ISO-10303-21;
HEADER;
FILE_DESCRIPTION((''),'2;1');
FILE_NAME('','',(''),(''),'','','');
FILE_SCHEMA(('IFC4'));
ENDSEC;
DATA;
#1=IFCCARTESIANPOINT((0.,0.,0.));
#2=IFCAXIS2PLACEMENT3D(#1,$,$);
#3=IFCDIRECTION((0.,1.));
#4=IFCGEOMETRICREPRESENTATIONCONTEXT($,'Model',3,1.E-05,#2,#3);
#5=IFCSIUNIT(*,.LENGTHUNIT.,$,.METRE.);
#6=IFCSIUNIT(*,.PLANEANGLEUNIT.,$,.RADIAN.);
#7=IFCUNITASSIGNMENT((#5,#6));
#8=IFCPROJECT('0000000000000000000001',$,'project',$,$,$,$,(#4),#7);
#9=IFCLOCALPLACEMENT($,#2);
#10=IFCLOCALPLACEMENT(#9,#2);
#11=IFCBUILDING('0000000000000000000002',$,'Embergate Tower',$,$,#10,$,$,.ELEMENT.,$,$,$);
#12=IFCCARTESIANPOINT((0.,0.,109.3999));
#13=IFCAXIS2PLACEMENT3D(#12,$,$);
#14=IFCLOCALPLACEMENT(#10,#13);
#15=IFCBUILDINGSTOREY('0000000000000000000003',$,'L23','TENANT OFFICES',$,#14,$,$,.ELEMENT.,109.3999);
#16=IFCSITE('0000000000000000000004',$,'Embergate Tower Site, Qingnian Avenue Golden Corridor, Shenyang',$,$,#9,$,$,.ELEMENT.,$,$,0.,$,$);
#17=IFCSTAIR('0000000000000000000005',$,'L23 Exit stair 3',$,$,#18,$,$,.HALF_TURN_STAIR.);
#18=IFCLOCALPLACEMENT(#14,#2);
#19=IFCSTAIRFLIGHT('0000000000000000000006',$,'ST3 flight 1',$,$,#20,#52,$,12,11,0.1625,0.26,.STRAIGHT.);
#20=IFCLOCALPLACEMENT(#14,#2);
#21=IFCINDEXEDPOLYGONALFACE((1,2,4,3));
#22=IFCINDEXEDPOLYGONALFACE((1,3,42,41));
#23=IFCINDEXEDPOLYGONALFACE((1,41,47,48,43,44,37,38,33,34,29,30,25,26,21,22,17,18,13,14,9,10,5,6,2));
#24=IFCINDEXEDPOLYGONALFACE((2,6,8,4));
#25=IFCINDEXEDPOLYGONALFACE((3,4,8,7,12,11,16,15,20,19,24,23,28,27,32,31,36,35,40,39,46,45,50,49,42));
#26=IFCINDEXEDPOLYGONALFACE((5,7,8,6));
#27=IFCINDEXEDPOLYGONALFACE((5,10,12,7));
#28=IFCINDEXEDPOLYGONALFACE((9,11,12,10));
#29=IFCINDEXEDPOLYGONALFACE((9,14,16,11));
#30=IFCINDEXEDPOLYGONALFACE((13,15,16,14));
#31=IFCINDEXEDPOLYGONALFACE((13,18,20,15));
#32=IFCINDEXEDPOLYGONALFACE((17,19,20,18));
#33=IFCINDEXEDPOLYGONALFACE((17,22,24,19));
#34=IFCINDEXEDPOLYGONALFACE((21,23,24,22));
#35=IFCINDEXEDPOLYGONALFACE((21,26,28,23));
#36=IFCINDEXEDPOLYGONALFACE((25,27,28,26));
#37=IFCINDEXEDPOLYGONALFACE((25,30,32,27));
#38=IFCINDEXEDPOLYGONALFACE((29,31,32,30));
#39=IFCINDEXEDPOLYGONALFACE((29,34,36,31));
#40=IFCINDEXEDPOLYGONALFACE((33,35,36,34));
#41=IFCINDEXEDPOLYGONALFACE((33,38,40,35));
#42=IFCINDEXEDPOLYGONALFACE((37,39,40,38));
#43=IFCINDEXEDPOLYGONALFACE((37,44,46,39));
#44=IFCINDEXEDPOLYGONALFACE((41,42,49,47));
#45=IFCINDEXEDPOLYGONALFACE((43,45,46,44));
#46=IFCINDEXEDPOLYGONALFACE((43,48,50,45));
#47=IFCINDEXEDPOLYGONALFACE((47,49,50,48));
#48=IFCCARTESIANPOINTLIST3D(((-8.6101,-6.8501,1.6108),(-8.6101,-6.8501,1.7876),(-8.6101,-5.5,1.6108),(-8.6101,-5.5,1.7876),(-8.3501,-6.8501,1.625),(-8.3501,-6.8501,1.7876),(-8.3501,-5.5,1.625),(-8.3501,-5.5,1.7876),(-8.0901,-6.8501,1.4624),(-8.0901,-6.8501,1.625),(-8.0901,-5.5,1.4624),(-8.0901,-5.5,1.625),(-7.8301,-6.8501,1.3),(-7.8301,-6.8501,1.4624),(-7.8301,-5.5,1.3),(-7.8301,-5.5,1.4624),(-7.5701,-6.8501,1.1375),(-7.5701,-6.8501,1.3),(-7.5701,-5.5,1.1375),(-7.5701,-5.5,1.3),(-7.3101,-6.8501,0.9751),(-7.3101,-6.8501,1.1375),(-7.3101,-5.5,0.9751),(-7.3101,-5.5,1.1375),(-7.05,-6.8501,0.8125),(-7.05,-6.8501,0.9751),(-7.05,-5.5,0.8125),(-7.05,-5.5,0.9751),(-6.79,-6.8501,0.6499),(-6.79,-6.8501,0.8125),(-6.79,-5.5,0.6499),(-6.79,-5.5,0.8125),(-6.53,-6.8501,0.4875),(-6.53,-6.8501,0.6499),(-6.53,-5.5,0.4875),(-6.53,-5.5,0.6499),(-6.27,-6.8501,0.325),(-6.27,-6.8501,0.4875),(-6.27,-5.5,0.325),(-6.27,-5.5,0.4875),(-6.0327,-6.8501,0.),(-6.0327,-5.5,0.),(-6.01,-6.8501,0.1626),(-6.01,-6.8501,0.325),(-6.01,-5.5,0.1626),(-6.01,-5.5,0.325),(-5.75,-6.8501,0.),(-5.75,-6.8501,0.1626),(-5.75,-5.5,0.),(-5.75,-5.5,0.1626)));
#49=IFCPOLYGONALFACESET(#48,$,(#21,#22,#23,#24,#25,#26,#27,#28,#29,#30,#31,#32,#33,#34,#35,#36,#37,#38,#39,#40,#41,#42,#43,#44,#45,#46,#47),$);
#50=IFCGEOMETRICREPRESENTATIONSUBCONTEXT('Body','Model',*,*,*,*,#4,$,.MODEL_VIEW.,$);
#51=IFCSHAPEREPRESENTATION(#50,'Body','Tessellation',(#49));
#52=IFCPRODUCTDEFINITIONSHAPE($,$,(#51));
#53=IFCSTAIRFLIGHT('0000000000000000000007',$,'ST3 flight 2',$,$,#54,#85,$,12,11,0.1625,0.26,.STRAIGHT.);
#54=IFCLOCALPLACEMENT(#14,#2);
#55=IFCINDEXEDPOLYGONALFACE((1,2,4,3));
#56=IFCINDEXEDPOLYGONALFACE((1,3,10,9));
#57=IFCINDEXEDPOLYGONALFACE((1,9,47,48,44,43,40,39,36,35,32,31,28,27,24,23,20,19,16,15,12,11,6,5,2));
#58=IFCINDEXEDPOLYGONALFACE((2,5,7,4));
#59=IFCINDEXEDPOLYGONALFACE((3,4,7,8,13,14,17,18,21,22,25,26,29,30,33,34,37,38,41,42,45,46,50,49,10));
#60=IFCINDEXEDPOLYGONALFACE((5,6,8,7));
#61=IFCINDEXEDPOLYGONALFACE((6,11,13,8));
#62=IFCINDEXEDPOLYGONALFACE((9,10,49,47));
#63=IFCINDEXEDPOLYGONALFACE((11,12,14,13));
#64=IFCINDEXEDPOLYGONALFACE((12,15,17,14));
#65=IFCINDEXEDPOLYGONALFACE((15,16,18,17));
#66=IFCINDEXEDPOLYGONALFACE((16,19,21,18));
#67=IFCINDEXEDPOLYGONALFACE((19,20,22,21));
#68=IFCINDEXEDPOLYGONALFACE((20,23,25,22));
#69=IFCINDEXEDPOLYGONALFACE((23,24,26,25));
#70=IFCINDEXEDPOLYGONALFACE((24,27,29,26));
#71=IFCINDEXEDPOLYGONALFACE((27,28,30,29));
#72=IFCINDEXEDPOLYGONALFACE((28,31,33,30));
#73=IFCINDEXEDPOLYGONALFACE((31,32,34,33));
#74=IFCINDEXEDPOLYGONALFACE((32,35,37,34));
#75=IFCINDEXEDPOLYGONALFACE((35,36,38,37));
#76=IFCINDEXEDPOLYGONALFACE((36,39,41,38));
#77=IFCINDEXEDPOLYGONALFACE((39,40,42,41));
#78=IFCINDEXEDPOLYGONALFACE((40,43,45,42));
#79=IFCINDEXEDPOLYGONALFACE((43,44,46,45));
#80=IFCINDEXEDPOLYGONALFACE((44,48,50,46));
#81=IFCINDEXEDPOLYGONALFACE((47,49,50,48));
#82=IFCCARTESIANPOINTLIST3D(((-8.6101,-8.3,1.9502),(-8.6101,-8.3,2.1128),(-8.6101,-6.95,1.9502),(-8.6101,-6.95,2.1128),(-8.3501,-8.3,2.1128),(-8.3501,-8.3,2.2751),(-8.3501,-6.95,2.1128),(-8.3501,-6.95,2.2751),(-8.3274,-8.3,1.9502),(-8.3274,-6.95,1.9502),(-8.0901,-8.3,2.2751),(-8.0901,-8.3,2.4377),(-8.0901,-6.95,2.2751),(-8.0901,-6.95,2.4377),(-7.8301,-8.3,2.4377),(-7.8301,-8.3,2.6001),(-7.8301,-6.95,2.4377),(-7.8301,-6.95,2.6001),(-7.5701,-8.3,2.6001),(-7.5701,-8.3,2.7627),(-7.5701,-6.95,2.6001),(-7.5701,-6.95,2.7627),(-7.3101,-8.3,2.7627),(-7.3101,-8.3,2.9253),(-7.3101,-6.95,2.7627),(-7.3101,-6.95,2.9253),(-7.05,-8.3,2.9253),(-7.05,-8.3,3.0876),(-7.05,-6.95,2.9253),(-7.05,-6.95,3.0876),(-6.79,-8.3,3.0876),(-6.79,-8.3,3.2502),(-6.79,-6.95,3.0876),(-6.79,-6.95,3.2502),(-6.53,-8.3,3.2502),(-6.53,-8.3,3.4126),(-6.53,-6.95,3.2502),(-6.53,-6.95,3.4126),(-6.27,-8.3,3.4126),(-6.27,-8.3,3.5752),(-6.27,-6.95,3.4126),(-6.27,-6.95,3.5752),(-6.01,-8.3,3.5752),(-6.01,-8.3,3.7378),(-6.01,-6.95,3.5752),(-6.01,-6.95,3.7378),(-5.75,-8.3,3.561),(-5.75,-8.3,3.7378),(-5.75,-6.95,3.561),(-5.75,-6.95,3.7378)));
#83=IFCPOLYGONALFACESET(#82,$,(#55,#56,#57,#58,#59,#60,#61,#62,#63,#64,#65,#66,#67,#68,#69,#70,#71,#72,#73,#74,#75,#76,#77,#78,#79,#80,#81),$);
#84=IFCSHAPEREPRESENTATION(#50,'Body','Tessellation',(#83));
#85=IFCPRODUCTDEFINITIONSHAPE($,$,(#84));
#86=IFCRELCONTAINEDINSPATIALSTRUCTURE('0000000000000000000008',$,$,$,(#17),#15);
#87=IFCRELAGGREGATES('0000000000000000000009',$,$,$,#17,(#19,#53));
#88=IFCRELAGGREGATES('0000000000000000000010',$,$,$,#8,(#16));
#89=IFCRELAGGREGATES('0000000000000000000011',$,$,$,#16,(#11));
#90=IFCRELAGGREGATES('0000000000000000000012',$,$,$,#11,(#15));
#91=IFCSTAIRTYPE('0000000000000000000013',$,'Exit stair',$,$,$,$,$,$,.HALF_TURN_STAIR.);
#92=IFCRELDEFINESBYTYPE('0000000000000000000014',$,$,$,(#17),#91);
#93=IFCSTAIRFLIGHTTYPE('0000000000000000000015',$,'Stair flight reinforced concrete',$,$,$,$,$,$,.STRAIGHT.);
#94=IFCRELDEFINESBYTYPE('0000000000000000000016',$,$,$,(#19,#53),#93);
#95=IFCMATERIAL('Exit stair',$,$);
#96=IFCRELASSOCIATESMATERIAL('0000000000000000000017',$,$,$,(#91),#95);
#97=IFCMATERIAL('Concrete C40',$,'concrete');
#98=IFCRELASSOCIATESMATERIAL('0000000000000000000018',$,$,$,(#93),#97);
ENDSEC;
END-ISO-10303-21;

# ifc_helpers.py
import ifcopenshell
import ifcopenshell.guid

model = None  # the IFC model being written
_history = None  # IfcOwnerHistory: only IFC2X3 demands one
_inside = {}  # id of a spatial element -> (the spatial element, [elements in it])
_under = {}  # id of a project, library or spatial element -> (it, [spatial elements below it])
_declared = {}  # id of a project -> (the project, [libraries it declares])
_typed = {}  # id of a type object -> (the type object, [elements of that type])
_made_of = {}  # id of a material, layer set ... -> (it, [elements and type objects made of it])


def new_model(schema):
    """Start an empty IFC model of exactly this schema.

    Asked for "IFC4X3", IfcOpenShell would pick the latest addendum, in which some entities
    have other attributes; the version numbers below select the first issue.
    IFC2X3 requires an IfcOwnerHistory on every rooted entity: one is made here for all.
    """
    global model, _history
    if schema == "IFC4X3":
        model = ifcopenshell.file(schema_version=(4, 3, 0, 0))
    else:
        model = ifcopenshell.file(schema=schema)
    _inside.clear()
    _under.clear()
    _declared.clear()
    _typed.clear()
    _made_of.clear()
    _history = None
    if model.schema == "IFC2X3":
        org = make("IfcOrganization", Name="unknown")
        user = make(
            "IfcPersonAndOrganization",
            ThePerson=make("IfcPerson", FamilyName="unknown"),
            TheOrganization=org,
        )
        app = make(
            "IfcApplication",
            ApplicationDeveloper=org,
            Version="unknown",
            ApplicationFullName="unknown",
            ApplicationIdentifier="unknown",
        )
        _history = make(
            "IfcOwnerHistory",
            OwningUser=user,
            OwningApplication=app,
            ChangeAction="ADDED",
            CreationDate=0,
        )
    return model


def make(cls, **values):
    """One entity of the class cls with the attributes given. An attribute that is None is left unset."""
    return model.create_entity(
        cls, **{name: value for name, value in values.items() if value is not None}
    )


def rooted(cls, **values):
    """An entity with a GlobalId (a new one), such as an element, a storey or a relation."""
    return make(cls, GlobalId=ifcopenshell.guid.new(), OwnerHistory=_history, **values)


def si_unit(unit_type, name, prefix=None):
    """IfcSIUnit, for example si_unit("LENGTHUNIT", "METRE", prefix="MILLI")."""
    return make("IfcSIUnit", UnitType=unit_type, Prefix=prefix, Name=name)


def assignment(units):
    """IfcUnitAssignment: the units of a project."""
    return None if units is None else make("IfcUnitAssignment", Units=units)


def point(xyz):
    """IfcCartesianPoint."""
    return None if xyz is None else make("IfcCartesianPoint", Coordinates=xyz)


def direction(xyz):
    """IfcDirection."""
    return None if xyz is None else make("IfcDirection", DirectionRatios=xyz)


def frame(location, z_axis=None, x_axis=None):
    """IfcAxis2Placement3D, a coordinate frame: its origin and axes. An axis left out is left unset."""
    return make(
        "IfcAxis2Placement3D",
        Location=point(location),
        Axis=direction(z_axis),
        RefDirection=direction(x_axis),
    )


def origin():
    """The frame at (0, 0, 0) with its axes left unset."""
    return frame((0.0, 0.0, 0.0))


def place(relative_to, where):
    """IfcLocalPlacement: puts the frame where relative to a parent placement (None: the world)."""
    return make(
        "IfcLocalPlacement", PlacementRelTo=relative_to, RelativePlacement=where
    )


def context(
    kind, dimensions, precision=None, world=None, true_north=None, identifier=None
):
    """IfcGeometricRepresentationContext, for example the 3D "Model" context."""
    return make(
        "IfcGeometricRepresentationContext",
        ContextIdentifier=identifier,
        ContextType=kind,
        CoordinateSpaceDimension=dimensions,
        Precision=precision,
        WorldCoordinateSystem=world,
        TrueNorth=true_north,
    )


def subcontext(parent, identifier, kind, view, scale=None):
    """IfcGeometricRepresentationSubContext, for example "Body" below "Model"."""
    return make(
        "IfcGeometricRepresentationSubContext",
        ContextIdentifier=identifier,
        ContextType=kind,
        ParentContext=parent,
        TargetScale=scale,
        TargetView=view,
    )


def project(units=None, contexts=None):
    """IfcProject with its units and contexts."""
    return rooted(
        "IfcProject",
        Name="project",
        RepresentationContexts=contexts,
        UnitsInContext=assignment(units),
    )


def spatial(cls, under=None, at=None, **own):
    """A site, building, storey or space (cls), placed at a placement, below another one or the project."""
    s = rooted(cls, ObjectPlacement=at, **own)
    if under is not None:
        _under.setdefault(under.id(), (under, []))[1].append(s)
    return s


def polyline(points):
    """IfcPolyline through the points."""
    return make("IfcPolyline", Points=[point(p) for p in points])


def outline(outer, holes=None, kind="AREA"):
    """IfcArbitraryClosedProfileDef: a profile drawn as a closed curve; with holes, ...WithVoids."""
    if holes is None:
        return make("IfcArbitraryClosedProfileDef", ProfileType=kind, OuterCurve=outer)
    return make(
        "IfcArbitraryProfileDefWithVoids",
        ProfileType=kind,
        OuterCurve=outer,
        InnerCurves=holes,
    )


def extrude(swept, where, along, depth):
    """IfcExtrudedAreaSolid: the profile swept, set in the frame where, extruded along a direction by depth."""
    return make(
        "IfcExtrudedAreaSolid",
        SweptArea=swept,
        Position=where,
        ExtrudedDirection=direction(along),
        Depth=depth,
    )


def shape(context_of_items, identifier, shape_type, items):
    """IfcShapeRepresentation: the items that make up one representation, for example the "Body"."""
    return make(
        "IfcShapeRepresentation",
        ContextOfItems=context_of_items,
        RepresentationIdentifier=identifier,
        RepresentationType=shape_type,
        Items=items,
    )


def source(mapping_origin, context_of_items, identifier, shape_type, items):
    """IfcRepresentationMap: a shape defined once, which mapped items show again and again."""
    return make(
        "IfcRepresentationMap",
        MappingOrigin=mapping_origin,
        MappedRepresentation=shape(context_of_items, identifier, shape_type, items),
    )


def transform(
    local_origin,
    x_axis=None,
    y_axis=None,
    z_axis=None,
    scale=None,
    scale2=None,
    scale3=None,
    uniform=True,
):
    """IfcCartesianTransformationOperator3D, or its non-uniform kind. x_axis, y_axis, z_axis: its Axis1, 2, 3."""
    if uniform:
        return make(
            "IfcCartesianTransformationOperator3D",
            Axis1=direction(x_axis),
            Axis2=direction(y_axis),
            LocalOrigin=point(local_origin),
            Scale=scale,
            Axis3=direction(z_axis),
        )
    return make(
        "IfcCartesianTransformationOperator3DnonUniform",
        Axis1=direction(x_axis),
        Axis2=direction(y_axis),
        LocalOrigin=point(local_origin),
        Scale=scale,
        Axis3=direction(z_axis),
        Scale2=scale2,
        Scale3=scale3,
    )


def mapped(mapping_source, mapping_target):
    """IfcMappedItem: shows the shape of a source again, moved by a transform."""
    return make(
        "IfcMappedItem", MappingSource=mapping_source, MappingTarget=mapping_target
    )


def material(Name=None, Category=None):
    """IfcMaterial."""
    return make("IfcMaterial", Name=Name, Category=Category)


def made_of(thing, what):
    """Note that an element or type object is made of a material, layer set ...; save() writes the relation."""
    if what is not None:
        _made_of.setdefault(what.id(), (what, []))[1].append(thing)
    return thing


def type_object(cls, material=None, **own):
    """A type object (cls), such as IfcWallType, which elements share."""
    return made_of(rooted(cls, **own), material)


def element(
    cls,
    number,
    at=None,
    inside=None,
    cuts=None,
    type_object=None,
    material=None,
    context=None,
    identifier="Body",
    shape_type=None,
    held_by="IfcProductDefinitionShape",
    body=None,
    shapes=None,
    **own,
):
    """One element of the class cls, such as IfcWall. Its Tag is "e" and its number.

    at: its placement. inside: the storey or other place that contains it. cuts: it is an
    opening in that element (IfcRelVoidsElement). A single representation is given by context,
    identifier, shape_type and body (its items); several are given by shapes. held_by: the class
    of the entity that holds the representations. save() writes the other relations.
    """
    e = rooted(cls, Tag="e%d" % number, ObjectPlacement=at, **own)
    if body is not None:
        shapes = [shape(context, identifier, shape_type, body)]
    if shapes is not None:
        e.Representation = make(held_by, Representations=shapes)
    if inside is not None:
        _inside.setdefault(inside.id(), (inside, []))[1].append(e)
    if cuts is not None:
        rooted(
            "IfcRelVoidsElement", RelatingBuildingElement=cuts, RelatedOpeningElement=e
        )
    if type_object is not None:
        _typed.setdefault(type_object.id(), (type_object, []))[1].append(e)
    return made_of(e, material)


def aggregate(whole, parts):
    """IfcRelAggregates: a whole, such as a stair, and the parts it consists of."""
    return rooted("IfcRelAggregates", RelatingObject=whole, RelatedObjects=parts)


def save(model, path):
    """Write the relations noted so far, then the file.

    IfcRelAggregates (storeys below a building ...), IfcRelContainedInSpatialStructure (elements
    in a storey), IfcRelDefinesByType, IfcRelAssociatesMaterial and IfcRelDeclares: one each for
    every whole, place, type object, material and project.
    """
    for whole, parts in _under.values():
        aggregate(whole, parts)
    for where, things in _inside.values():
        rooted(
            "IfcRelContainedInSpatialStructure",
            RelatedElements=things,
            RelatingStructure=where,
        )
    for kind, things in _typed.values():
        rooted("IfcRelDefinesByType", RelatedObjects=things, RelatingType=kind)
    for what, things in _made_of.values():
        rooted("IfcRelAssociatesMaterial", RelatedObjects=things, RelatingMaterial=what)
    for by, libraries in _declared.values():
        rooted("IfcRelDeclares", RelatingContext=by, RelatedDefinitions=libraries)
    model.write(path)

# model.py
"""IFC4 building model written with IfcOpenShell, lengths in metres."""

from ifc_helpers import new_model, si_unit, direction, frame, origin, place, context, subcontext, project, spatial, polyline, outline, extrude, source, transform, mapped, material, type_object, element, aggregate, save


model = new_model("IFC4")

# Units and contexts
model_context = context("Model", 3, precision=1e-05, world=origin(), true_north=direction((0.0, 1.0)))
body_context = subcontext(model_context, "Body", "Model", "MODEL_VIEW")
ifc_project = project(units=[si_unit("LENGTHUNIT", "METRE"), si_unit("PLANEANGLEUNIT", "RADIAN")], contexts=[model_context])

# Site, building, storey
site_placement = place(None, origin())
site = spatial("IfcSite", under=ifc_project, at=site_placement, Name="Embergate Tower Site, Qingnian Avenue Golden Corridor, Shenyang", CompositionType="ELEMENT", RefElevation=0.0)
building_placement = place(site_placement, origin())
building = spatial("IfcBuilding", under=site, at=building_placement, Name="Embergate Tower", CompositionType="ELEMENT")
storey_placement = place(building_placement, frame((0.0, 0.0, 109.3999)))
storey = spatial("IfcBuildingStorey", under=building, at=storey_placement, Name="L23", Description="TENANT OFFICES", CompositionType="ELEMENT", Elevation=109.3999)

# Stair
ifc_material_1 = material(Name="Exit stair")
stair_type = type_object("IfcStairType", Name="Exit stair", PredefinedType="HALF_TURN_STAIR", material=ifc_material_1)
stair_placement = place(storey_placement, origin())
stair = element("IfcStair", 1, at=stair_placement, inside=storey, type_object=stair_type, Name="L23 Exit stair 3", PredefinedType="HALF_TURN_STAIR")
ifc_material_2 = material(Name="Concrete C40", Category="concrete")

# Stair flights
stair_flight_type = type_object("IfcStairFlightType", Name="Stair flight reinforced concrete", PredefinedType="STRAIGHT", material=ifc_material_2)
shared_shape_1 = source(origin(), body_context, "Body", "SweptSolid", [
    extrude(outline(polyline([(0.0, 0.0), (0.0, 0.1626), (0.26, 0.1626), (0.26, 0.325), (0.52, 0.325), (0.52, 0.4875), (0.78, 0.4875), (0.78, 0.6499), (1.04, 0.6499), (1.04, 0.8125), (1.3, 0.8125), (1.3, 0.9751), (1.5601, 0.9751), (1.5601, 1.1375), (1.8201, 1.1375), (1.8201, 1.3), (2.0801, 1.3), (2.0801, 1.4624), (2.3401, 1.4624), (2.3401, 1.625), (2.6001, 1.625), (2.6001, 1.7876), (2.8601, 1.7876), (2.8601, 1.95), (2.8601, 1.6108), (0.2827, 0.0), (0.0, 0.0)])), frame((0.0, 0.675, 0.0), z_axis=(0.0, -1.0, 0.0), x_axis=(1.0, 0.0, 0.0)), (0.0, 0.0, 1.0), 1.3501),
])
stair_flight_1_placement = place(storey_placement, frame((-5.75, -6.175, 0.0), z_axis=(0.0, 0.0, 1.0), x_axis=(-1.0, 0.0, 0.0)))
stair_flight_1 = element("IfcStairFlight", 2, at=stair_flight_1_placement, type_object=stair_flight_type, Name="ST3 flight 1", NumberOfRisers=12, NumberOfTreads=11, PredefinedType="STRAIGHT", RiserHeight=0.1625, TreadLength=0.26, context=body_context, shape_type="MappedRepresentation", body=[
    mapped(shared_shape_1, transform((0.0, 0.0, 0.0))),
])
stair_flight_2_placement = place(storey_placement, frame((-8.6101, -7.625, 1.9502), z_axis=(0.0, 0.0, 1.0), x_axis=(1.0, 0.0, 0.0)))
stair_flight_2 = element("IfcStairFlight", 3, at=stair_flight_2_placement, type_object=stair_flight_type, Name="ST3 flight 2", NumberOfRisers=12, NumberOfTreads=11, PredefinedType="STRAIGHT", RiserHeight=0.1625, TreadLength=0.26, context=body_context, shape_type="MappedRepresentation", body=[
    mapped(shared_shape_1, transform((0.0, 0.0, 0.0))),
])
aggregate(stair, [stair_flight_1, stair_flight_2])

save(model, "model.ifc")
